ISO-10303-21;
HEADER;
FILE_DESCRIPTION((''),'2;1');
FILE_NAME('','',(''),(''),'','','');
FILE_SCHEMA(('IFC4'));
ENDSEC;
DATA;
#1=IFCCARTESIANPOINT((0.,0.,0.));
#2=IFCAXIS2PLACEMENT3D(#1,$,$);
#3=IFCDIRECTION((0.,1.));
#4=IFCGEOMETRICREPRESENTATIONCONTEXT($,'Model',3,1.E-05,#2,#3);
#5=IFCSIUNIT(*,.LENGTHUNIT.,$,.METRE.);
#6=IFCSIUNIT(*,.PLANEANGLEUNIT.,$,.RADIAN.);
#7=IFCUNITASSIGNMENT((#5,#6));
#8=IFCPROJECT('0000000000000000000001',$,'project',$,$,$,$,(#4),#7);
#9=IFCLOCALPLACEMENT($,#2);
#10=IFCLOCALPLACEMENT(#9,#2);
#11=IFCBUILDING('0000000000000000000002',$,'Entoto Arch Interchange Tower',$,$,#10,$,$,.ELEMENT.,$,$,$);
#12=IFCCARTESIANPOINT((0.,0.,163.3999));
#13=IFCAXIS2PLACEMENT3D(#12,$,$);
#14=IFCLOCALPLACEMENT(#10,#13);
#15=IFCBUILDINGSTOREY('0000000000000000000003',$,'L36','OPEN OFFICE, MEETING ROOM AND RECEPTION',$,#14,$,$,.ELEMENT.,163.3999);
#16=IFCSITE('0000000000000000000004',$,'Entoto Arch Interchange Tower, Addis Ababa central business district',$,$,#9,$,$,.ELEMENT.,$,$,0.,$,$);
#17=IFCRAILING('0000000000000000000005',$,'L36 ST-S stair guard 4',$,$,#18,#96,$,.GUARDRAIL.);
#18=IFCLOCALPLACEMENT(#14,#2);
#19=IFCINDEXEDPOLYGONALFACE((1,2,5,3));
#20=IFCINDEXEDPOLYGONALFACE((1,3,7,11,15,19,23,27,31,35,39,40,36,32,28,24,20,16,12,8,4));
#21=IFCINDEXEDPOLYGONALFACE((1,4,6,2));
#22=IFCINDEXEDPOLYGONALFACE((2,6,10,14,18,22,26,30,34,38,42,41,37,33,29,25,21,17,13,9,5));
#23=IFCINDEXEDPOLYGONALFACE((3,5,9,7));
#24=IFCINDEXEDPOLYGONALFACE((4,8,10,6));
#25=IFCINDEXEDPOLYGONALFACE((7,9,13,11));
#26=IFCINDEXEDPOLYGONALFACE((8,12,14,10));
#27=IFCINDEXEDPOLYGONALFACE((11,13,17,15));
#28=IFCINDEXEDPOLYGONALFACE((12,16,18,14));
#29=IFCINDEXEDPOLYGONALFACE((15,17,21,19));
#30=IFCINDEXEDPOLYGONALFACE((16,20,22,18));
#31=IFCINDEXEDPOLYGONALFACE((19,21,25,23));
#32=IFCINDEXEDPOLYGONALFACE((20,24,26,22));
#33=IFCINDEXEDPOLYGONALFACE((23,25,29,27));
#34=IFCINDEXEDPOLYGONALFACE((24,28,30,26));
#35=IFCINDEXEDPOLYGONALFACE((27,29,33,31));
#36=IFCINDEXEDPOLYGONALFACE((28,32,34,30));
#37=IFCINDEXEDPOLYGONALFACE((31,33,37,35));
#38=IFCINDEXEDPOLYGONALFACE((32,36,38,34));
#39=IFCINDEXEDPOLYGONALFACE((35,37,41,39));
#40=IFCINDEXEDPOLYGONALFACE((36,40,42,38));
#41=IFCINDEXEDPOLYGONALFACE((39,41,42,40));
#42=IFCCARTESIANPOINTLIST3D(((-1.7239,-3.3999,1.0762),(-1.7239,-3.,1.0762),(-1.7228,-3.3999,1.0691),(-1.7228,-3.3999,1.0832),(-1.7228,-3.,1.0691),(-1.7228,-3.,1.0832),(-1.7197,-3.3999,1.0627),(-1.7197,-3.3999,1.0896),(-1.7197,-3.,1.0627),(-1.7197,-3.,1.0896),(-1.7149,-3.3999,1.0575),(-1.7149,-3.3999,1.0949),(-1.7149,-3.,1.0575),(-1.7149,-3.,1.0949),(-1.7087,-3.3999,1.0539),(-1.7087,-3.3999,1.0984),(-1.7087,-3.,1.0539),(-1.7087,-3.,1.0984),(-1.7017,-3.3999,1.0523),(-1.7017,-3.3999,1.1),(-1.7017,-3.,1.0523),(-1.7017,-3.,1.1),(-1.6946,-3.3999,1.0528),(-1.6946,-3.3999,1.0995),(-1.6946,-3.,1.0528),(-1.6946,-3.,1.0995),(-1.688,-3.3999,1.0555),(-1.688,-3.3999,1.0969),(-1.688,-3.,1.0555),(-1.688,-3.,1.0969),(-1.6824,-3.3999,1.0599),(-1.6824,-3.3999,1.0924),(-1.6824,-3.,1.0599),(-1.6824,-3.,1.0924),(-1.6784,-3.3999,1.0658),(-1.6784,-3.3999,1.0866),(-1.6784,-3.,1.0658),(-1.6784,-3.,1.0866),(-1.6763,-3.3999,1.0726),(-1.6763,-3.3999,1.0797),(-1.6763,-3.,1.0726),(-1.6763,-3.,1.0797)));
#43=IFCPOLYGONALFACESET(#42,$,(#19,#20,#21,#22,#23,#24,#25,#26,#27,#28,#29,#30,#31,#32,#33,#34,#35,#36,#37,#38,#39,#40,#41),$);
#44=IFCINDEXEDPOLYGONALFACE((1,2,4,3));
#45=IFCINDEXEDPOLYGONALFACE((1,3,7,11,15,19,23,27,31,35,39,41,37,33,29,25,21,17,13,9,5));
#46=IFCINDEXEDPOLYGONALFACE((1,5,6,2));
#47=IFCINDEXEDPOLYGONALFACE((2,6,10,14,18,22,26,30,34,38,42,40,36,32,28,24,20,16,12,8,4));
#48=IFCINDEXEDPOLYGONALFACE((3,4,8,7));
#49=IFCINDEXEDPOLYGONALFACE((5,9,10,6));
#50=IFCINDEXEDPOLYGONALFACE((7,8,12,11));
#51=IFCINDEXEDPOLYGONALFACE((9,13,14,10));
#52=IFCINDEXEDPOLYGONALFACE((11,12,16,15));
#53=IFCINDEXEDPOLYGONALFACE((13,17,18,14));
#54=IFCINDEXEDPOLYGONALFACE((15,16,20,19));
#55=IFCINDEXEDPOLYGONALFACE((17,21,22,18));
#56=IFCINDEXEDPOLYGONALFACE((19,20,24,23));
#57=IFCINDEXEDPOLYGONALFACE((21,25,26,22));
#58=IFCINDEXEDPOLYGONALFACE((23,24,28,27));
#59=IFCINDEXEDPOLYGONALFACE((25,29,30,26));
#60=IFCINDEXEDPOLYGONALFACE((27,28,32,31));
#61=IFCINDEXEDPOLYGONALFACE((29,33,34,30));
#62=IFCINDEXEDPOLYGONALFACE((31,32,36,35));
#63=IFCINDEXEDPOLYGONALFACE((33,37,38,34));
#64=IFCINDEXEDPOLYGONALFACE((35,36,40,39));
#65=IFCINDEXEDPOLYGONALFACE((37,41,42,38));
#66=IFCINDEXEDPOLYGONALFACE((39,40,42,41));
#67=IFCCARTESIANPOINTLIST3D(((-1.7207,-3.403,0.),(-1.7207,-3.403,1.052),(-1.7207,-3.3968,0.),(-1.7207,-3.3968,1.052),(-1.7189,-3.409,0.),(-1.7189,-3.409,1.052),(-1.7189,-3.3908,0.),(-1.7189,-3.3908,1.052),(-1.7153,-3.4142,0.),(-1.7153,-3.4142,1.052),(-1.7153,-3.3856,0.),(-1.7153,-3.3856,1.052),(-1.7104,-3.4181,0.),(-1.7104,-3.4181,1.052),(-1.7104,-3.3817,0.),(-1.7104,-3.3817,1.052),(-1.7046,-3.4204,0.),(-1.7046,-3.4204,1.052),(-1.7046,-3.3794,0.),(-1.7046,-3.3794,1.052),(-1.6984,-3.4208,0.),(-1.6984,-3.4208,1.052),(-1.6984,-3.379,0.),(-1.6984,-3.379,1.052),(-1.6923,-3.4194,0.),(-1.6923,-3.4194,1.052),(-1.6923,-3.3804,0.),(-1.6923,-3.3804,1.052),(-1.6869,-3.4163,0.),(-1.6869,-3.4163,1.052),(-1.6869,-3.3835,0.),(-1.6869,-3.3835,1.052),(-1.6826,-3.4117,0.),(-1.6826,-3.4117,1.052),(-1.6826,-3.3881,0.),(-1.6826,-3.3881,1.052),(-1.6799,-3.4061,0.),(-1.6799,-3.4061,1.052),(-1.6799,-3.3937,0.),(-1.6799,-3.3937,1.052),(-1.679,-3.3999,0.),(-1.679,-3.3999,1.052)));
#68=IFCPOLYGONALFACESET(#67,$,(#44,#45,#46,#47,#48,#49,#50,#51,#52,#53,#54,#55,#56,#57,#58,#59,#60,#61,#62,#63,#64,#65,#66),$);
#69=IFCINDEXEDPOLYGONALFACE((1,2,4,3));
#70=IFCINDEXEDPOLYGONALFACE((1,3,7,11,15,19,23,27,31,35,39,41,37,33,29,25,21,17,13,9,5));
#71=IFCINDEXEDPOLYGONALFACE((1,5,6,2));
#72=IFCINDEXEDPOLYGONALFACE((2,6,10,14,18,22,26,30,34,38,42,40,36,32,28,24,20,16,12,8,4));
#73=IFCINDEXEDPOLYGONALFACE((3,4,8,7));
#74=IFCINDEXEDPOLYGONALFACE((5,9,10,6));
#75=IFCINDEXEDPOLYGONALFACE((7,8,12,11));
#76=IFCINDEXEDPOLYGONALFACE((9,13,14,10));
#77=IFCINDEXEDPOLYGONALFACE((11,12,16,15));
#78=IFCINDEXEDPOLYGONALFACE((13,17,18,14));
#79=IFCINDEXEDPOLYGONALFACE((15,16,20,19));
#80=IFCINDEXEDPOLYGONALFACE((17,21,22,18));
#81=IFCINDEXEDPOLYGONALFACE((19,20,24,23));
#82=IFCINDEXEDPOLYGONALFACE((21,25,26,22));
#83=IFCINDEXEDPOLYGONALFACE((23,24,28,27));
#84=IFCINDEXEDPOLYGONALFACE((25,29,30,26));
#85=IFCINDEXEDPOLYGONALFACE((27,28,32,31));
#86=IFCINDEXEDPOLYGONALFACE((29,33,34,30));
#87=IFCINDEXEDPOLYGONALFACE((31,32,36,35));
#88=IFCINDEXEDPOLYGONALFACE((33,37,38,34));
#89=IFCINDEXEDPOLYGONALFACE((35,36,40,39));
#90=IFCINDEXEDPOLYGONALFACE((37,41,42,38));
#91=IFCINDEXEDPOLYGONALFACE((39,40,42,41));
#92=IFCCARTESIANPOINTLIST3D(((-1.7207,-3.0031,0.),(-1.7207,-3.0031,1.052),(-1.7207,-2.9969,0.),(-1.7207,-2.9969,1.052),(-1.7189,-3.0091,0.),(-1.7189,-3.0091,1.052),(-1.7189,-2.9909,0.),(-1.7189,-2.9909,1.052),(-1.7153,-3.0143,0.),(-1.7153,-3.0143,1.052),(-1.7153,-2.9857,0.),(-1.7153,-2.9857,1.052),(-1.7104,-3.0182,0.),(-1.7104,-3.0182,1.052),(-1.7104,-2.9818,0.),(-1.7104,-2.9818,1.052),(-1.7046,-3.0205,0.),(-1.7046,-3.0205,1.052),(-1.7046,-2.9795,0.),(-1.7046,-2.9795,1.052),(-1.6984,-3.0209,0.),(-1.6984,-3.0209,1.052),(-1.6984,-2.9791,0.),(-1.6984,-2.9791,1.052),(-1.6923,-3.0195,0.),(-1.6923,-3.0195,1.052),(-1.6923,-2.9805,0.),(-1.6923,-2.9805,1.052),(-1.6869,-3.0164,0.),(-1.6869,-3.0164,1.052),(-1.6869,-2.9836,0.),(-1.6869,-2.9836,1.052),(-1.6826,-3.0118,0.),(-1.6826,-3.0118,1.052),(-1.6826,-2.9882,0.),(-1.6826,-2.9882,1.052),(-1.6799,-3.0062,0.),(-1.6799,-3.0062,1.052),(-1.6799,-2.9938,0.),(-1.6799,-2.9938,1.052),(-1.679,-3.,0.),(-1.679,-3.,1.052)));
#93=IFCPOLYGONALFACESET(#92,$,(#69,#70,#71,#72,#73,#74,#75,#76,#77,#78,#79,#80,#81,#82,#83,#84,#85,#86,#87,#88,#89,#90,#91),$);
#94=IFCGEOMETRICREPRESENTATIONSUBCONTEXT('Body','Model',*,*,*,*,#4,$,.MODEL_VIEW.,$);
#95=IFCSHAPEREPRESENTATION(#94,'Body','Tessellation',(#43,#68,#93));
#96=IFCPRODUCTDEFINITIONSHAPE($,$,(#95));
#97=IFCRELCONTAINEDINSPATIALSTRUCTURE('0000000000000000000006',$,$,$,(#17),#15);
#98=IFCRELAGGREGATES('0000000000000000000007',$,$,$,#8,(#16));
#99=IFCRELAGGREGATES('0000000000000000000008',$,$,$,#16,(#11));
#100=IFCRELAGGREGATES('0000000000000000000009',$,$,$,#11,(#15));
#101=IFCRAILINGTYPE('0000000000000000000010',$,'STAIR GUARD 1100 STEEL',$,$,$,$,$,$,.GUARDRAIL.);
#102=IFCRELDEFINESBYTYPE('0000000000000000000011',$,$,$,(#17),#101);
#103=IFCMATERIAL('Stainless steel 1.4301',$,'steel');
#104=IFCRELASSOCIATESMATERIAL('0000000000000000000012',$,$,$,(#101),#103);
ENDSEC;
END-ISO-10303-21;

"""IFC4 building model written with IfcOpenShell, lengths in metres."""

from ifc_helpers import new_model, si_unit, direction, frame, origin, origin_2d, place, context, subcontext, project, spatial, circle, extrude, material, type_object, element, save


model = new_model("IFC4")

# Units and contexts
model_context = context("Model", 3, precision=1e-05, world=origin(), true_north=direction((0.0, 1.0)))
body_context = subcontext(model_context, "Body", "Model", "MODEL_VIEW")
ifc_project = project(units=[si_unit("LENGTHUNIT", "METRE"), si_unit("PLANEANGLEUNIT", "RADIAN")], contexts=[model_context])

# Site, building, storey
site_placement = place(None, origin())
site = spatial("IfcSite", under=ifc_project, at=site_placement, Name="Entoto Arch Interchange Tower, Addis Ababa central business district", CompositionType="ELEMENT", RefElevation=0.0)
building_placement = place(site_placement, origin())
building = spatial("IfcBuilding", under=site, at=building_placement, Name="Entoto Arch Interchange Tower", CompositionType="ELEMENT")
storey_placement = place(building_placement, frame((0.0, 0.0, 163.3999)))
storey = spatial("IfcBuildingStorey", under=building, at=storey_placement, Name="L36", Description="OPEN OFFICE, MEETING ROOM AND RECEPTION", CompositionType="ELEMENT", Elevation=163.3999)

# Railing
ifc_material_1 = material(Name="Stainless steel 1.4301", Category="steel")
railing_type_1 = type_object("IfcRailingType", Name="STAIR GUARD 1100 STEEL", PredefinedType="GUARDRAIL", material=ifc_material_1)
railing_1_placement = place(storey_placement, frame((-1.7, -3.3999, 0.0)))
element("IfcRailing", 1, at=railing_1_placement, inside=storey, type_object=railing_type_1, Name="L36 ST-S stair guard 4", PredefinedType="GUARDRAIL", context=body_context, shape_type="SweptSolid", body=[
    extrude(circle(Radius=0.0239, at=origin_2d()), frame((0.0, 0.0, 1.0762), z_axis=(0.0, 1.0, 0.0), x_axis=(-1.0, 0.0, 0.0)), (0.0, 0.0, 1.0), 0.3999),
    extrude(circle(Radius=0.021, at=origin_2d()), origin(), (0.0, 0.0, 1.0), 1.052),
    extrude(circle(Radius=0.021, at=origin_2d()), frame((0.0, 0.3999, 0.0)), (0.0, 0.0, 1.0), 1.052),
])

save(model, "model.ifc")
